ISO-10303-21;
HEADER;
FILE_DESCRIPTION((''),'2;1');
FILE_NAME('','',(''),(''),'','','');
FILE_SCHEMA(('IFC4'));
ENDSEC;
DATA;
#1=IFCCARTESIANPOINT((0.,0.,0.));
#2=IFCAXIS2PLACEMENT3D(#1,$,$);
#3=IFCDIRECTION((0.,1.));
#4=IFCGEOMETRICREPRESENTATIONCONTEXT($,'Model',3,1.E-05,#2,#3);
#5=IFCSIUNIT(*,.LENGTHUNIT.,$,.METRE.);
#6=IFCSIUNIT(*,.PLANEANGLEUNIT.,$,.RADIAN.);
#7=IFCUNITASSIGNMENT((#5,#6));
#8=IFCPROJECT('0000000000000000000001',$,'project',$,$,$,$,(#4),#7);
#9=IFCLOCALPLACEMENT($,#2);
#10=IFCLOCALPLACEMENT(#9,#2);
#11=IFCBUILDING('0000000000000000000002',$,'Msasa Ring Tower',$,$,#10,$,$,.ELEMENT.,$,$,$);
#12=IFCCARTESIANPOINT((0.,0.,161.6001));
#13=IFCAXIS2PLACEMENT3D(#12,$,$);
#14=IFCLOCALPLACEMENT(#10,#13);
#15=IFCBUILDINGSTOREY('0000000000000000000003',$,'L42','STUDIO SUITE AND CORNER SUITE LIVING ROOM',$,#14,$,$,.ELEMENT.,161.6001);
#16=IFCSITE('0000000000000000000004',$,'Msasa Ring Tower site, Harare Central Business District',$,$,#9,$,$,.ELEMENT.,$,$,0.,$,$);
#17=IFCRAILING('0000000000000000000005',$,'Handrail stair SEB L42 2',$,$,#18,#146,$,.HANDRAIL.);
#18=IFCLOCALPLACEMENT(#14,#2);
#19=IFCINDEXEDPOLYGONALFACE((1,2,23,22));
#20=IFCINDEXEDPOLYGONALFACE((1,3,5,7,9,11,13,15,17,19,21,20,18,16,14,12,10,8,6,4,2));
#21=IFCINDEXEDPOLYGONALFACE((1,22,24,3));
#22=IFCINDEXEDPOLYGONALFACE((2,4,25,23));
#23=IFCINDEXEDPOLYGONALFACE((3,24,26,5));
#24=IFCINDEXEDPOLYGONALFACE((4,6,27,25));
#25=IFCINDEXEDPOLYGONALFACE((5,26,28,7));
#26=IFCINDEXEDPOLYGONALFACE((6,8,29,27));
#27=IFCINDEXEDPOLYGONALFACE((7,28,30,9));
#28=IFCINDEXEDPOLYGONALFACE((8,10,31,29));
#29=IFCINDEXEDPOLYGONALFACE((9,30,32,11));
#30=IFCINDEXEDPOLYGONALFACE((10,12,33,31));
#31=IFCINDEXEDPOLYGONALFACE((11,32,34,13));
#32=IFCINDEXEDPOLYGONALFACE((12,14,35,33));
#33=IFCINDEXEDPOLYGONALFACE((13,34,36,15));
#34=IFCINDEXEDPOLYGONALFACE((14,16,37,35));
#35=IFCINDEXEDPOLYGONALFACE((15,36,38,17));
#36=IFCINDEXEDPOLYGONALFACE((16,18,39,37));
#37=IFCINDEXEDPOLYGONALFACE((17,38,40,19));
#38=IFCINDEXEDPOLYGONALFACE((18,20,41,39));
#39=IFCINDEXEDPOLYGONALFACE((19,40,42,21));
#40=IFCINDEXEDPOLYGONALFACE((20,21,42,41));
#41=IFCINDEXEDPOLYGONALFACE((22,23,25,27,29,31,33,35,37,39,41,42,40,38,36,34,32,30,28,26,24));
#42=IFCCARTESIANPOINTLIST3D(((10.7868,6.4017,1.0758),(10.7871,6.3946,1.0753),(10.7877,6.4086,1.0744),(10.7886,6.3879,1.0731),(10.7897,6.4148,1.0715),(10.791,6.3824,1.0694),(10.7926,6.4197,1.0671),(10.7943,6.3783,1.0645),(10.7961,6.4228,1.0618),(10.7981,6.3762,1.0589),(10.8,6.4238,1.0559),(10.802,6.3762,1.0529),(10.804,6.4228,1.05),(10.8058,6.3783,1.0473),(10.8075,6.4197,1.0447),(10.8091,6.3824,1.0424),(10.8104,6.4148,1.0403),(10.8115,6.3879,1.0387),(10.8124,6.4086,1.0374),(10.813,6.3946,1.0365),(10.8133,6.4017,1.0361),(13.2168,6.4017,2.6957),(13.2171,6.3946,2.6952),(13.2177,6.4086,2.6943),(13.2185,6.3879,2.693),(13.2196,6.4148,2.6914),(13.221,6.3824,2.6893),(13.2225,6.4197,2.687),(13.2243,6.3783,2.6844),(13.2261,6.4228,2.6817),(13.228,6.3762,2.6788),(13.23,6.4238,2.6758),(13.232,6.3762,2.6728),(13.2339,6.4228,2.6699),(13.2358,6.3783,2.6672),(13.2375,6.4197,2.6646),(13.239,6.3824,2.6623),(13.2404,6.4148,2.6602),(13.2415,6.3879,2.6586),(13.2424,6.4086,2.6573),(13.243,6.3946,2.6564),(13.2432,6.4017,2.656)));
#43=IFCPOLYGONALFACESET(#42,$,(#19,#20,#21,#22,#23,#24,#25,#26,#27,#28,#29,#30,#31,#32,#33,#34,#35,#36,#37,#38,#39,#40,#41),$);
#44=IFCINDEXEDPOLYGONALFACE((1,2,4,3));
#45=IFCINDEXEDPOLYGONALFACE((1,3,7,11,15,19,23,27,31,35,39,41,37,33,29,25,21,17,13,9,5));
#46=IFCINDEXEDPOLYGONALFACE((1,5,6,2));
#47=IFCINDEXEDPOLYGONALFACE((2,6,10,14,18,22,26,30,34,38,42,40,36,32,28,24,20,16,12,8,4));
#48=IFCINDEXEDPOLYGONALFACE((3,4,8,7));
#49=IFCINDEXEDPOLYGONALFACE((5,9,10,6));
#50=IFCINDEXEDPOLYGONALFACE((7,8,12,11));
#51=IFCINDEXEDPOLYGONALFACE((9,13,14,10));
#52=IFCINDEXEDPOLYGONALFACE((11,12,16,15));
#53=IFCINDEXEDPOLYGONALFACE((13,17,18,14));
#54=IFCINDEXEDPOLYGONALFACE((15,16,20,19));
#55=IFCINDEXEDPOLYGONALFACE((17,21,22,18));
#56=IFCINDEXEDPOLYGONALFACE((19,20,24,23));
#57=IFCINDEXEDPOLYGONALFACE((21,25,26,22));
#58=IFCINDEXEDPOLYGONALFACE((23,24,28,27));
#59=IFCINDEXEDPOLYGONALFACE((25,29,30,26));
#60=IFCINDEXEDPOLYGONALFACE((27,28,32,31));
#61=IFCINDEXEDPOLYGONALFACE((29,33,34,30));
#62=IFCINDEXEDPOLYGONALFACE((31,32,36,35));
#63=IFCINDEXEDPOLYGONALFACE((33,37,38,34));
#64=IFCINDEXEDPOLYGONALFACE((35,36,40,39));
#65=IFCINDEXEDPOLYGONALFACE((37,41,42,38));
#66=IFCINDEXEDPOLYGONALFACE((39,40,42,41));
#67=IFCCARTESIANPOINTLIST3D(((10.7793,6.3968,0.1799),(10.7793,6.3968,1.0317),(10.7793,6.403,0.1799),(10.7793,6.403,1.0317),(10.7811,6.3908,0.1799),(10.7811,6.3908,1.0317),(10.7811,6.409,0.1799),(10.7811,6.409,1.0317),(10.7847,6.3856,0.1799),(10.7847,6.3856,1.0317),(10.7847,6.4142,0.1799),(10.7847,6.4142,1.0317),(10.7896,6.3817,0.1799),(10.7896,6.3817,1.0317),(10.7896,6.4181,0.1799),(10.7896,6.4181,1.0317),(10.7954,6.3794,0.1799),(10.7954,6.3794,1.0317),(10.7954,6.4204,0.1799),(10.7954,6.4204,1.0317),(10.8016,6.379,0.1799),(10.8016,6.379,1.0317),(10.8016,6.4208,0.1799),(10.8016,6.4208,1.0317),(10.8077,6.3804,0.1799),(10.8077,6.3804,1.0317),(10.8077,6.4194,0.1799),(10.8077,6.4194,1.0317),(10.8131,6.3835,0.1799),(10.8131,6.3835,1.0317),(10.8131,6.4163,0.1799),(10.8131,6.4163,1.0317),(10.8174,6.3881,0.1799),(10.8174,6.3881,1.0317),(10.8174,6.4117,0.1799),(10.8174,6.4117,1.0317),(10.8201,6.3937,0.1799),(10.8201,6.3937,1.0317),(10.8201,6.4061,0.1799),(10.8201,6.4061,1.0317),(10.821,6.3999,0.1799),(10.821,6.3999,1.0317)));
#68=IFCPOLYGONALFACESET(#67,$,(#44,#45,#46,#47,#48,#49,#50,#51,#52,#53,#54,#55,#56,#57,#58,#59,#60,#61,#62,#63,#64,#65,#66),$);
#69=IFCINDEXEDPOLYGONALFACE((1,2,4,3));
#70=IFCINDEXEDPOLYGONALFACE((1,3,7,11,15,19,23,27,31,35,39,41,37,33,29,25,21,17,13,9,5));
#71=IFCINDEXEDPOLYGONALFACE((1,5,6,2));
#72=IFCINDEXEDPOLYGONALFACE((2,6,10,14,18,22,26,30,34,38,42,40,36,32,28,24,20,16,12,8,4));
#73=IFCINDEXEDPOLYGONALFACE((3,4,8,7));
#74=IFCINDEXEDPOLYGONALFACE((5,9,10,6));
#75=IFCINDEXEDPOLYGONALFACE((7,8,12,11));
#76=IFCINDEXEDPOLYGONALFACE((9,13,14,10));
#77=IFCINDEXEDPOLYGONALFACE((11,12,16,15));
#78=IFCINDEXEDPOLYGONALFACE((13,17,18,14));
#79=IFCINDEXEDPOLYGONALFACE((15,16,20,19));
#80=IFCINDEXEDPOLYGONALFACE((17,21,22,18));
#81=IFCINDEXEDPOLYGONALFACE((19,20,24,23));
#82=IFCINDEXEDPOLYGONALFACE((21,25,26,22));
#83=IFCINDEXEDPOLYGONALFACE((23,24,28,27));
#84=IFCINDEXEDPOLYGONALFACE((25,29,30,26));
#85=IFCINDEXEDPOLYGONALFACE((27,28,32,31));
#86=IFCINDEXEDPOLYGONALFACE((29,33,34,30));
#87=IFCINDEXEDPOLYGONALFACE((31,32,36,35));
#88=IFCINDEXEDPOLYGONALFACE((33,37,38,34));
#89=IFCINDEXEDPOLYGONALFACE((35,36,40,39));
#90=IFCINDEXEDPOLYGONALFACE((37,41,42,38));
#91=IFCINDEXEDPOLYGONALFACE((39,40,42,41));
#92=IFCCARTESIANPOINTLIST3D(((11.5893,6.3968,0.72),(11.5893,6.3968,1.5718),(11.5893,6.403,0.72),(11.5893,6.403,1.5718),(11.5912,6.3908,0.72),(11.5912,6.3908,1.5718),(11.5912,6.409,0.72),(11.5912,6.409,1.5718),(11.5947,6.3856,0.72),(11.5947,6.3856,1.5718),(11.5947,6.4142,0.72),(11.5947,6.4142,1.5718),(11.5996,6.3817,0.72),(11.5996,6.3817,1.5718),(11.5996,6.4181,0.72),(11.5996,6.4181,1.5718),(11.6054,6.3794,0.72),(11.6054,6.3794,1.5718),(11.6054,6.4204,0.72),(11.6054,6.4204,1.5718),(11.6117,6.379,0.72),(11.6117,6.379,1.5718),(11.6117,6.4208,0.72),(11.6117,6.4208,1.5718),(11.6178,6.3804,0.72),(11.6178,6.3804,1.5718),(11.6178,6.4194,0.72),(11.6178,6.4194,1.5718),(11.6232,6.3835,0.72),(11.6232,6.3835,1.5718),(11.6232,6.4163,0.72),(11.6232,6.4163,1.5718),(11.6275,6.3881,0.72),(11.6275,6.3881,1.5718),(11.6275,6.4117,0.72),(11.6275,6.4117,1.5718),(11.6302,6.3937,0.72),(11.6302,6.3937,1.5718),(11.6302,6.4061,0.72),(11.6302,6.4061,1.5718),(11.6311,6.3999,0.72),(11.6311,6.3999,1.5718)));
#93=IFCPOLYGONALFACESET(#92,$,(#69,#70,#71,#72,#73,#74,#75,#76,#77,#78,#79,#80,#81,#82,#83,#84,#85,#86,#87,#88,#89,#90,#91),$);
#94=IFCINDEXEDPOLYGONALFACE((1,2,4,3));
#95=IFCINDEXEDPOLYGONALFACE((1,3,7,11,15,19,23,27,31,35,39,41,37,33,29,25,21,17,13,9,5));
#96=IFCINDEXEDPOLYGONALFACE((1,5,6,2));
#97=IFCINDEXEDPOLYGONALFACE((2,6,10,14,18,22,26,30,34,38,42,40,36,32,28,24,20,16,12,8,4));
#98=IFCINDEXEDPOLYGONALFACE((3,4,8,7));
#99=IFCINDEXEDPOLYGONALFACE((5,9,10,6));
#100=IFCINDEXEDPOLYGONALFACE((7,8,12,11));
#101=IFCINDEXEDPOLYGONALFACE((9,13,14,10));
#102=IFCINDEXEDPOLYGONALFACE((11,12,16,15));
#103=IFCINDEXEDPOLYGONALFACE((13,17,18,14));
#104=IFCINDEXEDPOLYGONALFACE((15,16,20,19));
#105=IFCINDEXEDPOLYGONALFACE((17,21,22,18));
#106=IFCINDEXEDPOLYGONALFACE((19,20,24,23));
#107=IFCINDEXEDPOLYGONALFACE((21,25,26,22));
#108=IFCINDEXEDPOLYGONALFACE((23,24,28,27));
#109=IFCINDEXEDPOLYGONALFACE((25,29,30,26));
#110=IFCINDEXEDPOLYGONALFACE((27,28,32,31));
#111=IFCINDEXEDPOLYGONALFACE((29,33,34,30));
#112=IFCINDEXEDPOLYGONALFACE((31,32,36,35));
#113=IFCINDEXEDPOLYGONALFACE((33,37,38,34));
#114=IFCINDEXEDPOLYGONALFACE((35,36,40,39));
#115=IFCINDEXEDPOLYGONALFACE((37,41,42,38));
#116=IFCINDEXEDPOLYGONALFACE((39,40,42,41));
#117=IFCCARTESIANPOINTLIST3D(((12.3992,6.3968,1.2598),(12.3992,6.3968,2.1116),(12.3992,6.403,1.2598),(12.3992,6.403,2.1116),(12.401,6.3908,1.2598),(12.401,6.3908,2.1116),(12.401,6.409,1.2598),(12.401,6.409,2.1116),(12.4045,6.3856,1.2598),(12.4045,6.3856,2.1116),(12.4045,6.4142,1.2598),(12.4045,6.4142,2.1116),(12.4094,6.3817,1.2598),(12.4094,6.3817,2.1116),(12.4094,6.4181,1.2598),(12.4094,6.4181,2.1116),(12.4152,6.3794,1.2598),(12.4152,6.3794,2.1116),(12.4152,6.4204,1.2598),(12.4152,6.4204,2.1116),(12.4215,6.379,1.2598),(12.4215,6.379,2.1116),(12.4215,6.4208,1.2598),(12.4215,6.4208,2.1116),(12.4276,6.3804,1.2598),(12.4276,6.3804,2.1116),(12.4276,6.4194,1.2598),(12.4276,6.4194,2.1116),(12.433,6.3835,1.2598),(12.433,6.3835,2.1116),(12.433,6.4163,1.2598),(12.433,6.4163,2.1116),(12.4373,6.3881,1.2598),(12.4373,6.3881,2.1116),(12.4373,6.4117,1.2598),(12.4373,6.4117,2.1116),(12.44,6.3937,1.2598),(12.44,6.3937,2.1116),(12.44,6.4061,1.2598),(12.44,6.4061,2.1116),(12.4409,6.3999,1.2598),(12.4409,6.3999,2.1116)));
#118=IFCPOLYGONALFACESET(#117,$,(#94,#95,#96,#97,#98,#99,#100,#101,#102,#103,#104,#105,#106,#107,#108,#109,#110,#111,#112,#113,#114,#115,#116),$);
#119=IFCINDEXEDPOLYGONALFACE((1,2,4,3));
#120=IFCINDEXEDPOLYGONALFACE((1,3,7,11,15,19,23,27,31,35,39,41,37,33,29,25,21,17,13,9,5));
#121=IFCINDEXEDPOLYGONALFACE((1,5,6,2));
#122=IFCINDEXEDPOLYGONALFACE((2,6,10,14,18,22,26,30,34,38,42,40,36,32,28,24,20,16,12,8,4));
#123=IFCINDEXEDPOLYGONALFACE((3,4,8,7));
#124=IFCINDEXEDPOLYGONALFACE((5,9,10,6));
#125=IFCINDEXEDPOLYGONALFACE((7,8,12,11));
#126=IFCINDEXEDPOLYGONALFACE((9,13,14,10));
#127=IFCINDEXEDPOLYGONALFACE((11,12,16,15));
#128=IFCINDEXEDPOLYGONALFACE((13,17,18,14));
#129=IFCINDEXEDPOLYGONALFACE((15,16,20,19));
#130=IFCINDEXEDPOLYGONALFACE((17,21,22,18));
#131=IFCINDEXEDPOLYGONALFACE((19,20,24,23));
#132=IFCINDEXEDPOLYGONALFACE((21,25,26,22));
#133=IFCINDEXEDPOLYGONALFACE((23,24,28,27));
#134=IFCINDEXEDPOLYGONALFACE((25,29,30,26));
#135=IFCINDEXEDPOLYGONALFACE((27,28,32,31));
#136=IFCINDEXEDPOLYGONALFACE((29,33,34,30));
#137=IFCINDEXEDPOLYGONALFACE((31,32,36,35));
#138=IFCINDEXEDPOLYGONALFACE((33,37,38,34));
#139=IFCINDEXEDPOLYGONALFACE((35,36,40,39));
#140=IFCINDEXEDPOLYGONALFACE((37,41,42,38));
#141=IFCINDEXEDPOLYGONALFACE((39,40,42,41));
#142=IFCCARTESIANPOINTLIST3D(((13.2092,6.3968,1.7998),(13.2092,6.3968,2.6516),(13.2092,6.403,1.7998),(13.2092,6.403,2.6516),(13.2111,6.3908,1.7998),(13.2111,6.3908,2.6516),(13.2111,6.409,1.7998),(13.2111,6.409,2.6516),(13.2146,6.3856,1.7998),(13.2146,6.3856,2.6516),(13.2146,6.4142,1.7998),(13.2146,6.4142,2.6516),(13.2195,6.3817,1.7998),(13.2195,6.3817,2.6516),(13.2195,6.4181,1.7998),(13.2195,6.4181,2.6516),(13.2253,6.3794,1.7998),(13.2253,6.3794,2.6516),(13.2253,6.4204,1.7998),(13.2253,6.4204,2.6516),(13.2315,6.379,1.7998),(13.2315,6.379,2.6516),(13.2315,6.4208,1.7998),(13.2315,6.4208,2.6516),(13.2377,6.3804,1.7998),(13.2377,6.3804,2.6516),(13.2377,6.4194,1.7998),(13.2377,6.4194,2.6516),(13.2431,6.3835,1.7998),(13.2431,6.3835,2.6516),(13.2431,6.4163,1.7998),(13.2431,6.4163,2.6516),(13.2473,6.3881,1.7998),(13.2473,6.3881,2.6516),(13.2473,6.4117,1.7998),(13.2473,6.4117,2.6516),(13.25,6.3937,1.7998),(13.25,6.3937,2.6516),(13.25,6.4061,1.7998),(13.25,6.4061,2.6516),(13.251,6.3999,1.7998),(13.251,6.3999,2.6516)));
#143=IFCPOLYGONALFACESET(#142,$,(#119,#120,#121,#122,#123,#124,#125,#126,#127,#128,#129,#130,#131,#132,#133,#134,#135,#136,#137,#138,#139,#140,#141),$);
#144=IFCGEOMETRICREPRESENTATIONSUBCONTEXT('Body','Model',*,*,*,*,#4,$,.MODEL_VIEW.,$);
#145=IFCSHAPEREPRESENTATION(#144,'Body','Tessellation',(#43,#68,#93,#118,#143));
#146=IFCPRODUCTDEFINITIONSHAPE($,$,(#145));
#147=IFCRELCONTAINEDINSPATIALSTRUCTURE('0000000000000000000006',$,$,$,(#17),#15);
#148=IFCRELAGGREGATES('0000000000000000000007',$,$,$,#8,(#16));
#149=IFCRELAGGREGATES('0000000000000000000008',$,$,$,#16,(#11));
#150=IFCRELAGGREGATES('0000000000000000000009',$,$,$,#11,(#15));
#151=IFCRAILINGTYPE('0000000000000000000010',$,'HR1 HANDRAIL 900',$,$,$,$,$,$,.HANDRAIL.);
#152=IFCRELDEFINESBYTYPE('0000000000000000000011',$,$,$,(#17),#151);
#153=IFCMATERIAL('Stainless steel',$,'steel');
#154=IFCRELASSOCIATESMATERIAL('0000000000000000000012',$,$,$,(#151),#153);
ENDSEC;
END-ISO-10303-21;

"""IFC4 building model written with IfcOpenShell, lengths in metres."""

from ifc_helpers import new_model, si_unit, direction, frame, origin, origin_2d, place, context, subcontext, project, spatial, circle, extrude, material, type_object, element, save


model = new_model("IFC4")

# Units and contexts
model_context = context("Model", 3, precision=1e-05, world=origin(), true_north=direction((0.0, 1.0)))
body_context = subcontext(model_context, "Body", "Model", "MODEL_VIEW")
ifc_project = project(units=[si_unit("LENGTHUNIT", "METRE"), si_unit("PLANEANGLEUNIT", "RADIAN")], contexts=[model_context])

# Site, building, storey
site_placement = place(None, origin())
site = spatial("IfcSite", under=ifc_project, at=site_placement, Name="Msasa Ring Tower site, Harare Central Business District", CompositionType="ELEMENT", RefElevation=0.0)
building_placement = place(site_placement, origin())
building = spatial("IfcBuilding", under=site, at=building_placement, Name="Msasa Ring Tower", CompositionType="ELEMENT")
storey_placement = place(building_placement, frame((0.0, 0.0, 161.6001)))
storey = spatial("IfcBuildingStorey", under=building, at=storey_placement, Name="L42", Description="STUDIO SUITE AND CORNER SUITE LIVING ROOM", CompositionType="ELEMENT", Elevation=161.6001)

# Railing
ifc_material_1 = material(Name="Stainless steel", Category="steel")
railing_type = type_object("IfcRailingType", Name="HR1 HANDRAIL 900", PredefinedType="HANDRAIL", material=ifc_material_1)
railing_placement = place(storey_placement, frame((10.8, 6.3999, 0.1799)))
element("IfcRailing", 1, at=railing_placement, inside=storey, type_object=railing_type, Name="Handrail stair SEB L42 2", PredefinedType="HANDRAIL", context=body_context, shape_type="SweptSolid", body=[
    extrude(circle(Radius=0.0239, at=origin_2d()), frame((0.0, 0.0, 0.876), z_axis=(0.832063, 0.0, 0.554681), x_axis=(0.0, 1.0, 0.0)), (0.0, 0.0, 1.0), 2.9204),
    extrude(circle(Radius=0.021, at=origin_2d()), origin(), (0.0, 0.0, 1.0), 0.8518),
    extrude(circle(Radius=0.021, at=origin_2d()), frame((0.8101, 0.0, 0.54)), (0.0, 0.0, 1.0), 0.8518),
    extrude(circle(Radius=0.021, at=origin_2d()), frame((1.6199, 0.0, 1.0798)), (0.0, 0.0, 1.0), 0.8518),
    extrude(circle(Radius=0.021, at=origin_2d()), frame((2.4299, 0.0, 1.6199)), (0.0, 0.0, 1.0), 0.8518),
])

save(model, "model.ifc")
